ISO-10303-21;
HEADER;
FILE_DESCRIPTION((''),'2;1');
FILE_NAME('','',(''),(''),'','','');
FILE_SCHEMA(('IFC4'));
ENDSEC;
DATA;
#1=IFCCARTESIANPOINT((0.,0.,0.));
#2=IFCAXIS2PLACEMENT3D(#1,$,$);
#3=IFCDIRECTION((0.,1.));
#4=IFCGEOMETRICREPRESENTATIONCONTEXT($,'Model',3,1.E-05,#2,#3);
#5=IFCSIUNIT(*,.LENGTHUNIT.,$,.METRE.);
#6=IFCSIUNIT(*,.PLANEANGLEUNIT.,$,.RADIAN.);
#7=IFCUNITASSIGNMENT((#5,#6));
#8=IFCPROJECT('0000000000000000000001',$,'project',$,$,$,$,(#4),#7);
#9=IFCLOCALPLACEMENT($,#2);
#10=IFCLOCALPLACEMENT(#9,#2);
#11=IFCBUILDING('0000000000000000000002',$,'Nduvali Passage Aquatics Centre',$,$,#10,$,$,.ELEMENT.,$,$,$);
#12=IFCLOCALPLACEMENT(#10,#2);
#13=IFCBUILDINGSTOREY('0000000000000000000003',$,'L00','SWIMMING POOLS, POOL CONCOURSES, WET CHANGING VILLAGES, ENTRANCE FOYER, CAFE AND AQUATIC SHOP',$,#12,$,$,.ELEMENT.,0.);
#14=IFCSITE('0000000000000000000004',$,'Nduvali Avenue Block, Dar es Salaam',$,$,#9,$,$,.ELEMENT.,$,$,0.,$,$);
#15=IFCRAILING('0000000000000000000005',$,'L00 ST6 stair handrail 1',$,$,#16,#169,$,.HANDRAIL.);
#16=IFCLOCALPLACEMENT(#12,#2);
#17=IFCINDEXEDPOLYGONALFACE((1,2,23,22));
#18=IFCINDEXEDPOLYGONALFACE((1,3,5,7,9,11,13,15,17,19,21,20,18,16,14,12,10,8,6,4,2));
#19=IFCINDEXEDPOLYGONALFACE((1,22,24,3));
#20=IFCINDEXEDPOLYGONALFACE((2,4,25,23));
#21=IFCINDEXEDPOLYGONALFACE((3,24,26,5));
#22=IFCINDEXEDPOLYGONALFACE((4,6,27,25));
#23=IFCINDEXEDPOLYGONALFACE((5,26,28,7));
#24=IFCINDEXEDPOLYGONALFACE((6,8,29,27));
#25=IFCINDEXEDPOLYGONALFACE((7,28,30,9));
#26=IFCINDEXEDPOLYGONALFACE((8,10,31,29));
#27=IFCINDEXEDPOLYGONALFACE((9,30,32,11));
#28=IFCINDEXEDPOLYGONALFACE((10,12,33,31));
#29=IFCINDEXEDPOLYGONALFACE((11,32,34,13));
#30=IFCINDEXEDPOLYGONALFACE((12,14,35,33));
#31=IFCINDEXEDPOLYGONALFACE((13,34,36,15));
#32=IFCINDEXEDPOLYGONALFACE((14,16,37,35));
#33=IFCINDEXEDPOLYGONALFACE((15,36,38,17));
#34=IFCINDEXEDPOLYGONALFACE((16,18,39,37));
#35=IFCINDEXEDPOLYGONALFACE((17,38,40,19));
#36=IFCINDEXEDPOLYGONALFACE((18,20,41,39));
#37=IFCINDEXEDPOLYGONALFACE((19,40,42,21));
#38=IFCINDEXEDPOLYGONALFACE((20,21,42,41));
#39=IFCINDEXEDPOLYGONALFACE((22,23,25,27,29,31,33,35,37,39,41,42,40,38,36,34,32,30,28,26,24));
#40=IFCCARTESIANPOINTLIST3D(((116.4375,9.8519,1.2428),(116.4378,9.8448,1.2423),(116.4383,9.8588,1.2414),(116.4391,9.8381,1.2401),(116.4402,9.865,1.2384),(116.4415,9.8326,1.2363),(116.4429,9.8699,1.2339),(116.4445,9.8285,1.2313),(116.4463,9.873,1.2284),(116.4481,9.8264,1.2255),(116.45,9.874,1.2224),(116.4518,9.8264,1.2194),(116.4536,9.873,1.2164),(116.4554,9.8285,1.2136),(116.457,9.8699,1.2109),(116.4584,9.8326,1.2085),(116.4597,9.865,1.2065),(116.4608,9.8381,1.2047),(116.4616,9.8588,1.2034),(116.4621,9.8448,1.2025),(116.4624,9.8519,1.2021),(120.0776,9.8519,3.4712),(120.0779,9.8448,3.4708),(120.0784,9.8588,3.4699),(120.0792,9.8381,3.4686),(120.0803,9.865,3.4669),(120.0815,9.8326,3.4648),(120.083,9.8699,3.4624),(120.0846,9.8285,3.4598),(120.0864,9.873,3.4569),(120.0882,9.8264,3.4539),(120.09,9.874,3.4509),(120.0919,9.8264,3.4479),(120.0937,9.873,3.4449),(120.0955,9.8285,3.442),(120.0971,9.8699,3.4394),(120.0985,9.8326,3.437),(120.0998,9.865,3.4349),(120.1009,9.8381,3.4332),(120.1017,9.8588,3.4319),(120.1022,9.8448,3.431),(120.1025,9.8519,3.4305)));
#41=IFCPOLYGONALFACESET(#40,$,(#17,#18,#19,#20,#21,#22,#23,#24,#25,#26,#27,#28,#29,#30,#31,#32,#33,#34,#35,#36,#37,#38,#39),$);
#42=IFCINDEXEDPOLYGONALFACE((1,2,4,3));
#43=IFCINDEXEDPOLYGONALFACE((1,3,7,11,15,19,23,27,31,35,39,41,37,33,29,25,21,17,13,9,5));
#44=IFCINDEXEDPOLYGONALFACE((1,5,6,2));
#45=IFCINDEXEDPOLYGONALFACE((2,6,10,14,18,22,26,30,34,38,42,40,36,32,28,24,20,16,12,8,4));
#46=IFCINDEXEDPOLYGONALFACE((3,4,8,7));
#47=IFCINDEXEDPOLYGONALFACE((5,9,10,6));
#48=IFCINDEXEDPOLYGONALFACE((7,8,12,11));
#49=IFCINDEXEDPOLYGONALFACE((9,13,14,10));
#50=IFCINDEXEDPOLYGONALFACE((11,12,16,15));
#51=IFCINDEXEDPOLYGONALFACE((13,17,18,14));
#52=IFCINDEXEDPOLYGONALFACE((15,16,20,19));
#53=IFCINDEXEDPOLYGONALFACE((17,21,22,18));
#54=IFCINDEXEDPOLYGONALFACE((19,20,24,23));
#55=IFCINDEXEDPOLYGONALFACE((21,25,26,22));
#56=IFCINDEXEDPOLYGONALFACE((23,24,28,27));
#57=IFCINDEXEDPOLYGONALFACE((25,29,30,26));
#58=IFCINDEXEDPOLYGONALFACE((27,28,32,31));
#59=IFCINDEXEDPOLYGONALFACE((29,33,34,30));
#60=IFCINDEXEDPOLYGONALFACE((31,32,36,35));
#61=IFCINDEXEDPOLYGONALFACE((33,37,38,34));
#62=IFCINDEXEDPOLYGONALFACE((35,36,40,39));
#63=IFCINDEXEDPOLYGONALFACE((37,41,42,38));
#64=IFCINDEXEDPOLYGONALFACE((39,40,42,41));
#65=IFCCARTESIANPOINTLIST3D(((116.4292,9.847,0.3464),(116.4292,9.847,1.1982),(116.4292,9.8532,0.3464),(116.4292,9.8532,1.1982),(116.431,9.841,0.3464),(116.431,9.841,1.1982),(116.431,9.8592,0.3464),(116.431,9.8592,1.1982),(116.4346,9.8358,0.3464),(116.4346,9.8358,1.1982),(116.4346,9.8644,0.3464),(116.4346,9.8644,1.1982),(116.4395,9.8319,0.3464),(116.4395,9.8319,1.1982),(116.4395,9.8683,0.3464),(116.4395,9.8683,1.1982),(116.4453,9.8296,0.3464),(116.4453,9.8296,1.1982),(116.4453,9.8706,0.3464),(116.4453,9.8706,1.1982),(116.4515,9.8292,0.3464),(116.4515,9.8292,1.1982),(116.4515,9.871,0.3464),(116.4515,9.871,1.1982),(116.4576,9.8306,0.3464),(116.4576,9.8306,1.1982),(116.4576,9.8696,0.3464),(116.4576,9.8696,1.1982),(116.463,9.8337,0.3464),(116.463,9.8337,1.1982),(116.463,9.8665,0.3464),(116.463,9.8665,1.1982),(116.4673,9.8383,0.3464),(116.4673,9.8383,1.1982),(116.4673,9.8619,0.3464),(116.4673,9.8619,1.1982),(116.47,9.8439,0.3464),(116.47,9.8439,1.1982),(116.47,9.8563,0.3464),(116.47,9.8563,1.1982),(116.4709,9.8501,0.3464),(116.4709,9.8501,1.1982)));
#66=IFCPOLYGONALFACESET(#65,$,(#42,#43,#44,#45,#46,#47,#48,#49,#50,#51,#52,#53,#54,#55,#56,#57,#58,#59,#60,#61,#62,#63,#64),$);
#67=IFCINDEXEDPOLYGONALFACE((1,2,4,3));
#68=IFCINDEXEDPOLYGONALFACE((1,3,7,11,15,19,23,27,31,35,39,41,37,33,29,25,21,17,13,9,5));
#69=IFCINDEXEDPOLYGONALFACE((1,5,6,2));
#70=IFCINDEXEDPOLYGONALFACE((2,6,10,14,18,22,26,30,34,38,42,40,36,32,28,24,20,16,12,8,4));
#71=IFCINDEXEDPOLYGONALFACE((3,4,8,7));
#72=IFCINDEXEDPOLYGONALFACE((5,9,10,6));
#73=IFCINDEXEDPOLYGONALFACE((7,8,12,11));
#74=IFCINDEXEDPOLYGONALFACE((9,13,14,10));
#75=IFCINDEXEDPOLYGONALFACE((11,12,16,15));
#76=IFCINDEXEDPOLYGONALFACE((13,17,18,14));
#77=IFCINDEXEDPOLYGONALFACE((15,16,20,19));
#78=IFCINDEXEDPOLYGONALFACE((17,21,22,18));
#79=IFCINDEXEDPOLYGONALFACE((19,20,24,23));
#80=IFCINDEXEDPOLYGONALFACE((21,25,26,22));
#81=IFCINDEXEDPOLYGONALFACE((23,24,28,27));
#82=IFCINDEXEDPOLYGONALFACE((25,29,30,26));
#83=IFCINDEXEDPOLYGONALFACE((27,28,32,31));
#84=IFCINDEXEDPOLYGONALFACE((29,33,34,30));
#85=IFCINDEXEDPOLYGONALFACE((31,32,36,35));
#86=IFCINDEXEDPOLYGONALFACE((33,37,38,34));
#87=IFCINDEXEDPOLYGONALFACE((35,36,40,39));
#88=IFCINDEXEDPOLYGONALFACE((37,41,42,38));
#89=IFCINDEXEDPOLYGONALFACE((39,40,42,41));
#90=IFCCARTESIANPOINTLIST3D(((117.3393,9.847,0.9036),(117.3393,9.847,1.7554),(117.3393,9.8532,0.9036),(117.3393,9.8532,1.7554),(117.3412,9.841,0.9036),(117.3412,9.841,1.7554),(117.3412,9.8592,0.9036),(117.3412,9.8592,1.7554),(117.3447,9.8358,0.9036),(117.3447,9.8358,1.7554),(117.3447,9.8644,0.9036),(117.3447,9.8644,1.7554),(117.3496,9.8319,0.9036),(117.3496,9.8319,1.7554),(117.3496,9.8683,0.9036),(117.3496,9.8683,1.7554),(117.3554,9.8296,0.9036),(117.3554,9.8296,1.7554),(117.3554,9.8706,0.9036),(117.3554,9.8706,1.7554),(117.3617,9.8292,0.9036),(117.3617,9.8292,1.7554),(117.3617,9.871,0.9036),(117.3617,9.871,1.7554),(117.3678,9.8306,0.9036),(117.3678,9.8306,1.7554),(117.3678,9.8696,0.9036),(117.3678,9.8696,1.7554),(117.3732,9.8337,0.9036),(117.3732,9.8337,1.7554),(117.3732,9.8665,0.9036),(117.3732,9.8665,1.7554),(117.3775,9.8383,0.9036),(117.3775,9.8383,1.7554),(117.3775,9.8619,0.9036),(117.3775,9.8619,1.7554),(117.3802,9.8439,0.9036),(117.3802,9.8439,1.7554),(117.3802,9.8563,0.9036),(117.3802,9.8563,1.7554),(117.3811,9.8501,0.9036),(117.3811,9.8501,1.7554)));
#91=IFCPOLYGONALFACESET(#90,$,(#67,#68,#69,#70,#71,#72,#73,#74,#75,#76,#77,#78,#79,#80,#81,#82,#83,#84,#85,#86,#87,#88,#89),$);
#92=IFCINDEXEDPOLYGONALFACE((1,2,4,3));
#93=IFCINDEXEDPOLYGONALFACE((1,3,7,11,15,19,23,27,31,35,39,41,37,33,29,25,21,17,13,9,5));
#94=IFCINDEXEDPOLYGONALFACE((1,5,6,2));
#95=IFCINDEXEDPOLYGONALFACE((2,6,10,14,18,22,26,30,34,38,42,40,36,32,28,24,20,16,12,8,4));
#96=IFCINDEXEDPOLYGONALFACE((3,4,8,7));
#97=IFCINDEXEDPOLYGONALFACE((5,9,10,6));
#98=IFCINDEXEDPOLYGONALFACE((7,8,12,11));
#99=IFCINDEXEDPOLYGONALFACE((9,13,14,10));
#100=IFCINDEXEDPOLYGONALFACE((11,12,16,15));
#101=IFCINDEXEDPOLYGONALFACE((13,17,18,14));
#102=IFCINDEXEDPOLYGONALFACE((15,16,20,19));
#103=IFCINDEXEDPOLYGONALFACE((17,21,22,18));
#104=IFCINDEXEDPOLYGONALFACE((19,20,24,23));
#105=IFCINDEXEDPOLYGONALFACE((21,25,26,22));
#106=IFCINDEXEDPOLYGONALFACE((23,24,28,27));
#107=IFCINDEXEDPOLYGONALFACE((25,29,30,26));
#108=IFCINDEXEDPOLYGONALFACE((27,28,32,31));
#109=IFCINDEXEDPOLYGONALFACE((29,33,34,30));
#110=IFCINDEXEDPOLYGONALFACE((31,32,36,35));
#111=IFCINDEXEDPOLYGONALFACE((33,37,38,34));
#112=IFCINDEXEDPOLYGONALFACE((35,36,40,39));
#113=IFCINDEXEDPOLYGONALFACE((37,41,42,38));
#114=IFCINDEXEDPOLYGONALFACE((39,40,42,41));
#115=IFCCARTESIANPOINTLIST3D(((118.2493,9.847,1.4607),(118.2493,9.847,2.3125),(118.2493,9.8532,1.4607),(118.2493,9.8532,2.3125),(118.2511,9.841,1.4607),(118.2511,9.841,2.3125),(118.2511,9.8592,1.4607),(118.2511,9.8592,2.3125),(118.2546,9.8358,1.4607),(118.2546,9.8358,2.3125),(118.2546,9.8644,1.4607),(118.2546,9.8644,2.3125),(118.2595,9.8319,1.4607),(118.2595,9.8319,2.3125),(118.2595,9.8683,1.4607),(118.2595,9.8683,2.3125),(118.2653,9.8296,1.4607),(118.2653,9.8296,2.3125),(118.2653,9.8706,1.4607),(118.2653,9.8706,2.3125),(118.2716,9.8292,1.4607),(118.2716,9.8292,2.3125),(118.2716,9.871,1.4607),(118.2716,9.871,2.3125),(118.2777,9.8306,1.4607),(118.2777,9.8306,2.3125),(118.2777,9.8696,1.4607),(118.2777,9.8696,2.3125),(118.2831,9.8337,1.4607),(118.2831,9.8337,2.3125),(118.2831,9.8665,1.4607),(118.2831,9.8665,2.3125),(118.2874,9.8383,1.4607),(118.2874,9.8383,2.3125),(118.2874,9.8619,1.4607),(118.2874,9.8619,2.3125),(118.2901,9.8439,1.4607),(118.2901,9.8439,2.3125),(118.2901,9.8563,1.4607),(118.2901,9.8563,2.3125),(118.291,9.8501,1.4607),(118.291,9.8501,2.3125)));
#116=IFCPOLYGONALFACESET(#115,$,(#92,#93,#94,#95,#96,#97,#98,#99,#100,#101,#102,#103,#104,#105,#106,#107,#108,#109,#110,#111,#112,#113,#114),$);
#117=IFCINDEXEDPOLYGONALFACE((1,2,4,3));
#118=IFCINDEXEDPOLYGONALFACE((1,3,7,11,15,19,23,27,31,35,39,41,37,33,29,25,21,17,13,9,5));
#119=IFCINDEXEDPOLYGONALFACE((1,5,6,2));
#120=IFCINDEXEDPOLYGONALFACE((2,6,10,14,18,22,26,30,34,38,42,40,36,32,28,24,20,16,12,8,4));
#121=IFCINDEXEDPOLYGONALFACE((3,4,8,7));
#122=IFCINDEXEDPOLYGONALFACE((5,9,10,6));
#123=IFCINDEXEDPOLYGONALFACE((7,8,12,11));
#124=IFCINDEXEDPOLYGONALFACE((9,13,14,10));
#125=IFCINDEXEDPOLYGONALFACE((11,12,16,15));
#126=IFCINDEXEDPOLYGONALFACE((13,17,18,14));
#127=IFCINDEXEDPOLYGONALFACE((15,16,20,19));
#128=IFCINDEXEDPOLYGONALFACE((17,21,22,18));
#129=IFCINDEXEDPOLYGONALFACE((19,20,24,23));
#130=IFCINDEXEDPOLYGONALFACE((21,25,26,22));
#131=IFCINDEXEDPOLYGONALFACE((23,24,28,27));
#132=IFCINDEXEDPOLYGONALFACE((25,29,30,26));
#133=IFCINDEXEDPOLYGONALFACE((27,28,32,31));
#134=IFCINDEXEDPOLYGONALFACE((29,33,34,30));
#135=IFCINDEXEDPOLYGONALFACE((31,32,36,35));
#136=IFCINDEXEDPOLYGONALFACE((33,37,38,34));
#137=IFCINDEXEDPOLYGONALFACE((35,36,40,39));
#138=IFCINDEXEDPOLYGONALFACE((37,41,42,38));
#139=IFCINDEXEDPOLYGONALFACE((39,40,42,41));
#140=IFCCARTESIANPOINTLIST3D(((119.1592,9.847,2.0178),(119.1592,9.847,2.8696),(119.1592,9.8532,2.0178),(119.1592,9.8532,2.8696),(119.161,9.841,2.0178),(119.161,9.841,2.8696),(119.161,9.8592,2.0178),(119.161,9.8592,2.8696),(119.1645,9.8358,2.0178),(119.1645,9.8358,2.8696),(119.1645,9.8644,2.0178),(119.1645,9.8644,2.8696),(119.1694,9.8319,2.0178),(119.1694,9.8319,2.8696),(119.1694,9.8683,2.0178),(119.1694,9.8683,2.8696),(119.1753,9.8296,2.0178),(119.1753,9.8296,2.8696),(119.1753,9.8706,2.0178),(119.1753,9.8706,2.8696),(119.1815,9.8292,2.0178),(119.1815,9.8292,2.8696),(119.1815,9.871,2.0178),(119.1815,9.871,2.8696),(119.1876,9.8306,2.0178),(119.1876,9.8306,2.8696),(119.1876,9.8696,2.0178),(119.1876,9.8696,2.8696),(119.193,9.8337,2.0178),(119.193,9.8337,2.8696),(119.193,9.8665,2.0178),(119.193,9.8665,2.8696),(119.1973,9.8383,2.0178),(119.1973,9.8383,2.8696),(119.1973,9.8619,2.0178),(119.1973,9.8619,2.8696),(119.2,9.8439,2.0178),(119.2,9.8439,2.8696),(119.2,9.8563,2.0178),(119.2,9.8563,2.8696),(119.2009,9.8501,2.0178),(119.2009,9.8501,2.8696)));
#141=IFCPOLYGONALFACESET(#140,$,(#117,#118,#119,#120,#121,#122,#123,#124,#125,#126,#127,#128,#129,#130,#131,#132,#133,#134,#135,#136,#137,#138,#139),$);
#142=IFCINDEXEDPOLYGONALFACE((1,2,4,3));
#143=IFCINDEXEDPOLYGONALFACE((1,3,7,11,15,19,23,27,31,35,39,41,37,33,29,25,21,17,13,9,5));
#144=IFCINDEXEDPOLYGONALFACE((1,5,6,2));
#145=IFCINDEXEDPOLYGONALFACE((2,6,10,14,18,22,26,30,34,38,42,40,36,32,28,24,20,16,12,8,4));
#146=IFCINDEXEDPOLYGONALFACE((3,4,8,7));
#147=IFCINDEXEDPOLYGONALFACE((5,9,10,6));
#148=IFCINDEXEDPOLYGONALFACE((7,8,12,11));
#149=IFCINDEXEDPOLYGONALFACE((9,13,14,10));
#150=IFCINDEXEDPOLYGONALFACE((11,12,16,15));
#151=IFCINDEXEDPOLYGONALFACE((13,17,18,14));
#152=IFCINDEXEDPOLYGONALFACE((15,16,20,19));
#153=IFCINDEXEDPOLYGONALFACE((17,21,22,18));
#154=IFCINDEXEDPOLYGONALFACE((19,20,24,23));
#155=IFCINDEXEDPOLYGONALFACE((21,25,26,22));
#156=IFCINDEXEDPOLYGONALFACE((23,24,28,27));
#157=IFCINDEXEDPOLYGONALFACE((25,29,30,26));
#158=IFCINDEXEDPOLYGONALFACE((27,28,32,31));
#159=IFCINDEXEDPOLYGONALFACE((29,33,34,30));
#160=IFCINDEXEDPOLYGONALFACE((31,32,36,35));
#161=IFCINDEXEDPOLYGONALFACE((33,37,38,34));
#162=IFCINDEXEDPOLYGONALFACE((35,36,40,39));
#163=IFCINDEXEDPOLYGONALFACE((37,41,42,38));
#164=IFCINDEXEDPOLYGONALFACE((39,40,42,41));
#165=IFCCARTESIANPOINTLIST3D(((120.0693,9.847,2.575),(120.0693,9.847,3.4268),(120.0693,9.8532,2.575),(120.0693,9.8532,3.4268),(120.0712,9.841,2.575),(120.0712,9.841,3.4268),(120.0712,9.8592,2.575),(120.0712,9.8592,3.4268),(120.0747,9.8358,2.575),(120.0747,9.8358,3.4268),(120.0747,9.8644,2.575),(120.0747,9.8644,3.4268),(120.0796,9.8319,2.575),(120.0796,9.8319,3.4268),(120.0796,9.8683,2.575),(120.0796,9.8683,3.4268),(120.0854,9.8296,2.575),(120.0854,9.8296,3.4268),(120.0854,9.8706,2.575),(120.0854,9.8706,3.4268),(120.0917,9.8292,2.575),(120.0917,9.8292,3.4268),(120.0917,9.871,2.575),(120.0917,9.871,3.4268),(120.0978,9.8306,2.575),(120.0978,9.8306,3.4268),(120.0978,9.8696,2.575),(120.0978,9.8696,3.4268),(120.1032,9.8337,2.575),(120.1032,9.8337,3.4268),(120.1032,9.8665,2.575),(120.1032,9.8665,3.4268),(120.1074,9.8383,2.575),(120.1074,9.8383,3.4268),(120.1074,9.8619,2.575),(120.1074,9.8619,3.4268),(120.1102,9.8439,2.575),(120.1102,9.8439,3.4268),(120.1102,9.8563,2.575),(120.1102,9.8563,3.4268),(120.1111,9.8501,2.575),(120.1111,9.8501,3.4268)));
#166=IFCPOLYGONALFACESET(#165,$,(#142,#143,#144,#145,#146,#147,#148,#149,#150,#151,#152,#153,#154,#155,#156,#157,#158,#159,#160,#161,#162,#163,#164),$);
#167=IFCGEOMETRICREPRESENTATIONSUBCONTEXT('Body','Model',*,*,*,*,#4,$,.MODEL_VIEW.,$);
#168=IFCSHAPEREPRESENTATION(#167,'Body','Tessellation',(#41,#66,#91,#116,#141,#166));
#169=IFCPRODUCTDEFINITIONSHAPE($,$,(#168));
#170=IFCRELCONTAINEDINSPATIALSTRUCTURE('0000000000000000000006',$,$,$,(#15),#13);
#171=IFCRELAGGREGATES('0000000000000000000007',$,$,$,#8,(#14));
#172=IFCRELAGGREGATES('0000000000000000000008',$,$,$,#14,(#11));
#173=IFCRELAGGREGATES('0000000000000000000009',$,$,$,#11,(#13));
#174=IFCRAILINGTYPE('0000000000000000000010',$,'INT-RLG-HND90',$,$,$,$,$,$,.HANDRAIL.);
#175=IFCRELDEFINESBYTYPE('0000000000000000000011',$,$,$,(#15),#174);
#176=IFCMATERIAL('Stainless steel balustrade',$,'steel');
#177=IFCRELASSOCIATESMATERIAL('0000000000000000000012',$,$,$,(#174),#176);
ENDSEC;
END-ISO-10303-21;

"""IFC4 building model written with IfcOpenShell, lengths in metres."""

from ifc_helpers import new_model, si_unit, direction, frame, origin, origin_2d, place, context, subcontext, project, spatial, circle, extrude, material, type_object, element, save


model = new_model("IFC4")

# Units and contexts
model_context = context("Model", 3, precision=1e-05, world=origin(), true_north=direction((0.0, 1.0)))
body_context = subcontext(model_context, "Body", "Model", "MODEL_VIEW")
ifc_project = project(units=[si_unit("LENGTHUNIT", "METRE"), si_unit("PLANEANGLEUNIT", "RADIAN")], contexts=[model_context])

# Site, building, storey
site_placement = place(None, origin())
site = spatial("IfcSite", under=ifc_project, at=site_placement, Name="Nduvali Avenue Block, Dar es Salaam", CompositionType="ELEMENT", RefElevation=0.0)
building_placement = place(site_placement, origin())
building = spatial("IfcBuilding", under=site, at=building_placement, Name="Nduvali Passage Aquatics Centre", CompositionType="ELEMENT")
storey_placement = place(building_placement, origin())
storey = spatial("IfcBuildingStorey", under=building, at=storey_placement, Name="L00", Description="SWIMMING POOLS, POOL CONCOURSES, WET CHANGING VILLAGES, ENTRANCE FOYER, CAFE AND AQUATIC SHOP", CompositionType="ELEMENT", Elevation=0.0)

# Railing
ifc_material_1 = material(Name="Stainless steel balustrade", Category="steel")
railing_type_1 = type_object("IfcRailingType", Name="INT-RLG-HND90", PredefinedType="HANDRAIL", material=ifc_material_1)
railing_1_placement = place(storey_placement, frame((116.45, 9.8501, 0.3464)))
element("IfcRailing", 1, at=railing_1_placement, inside=storey, type_object=railing_type_1, Name="L00 ST6 stair handrail 1", PredefinedType="HANDRAIL", context=body_context, shape_type="SweptSolid", body=[
    extrude(circle(Radius=0.0239, at=origin_2d()), frame((0.0, 0.0, 0.876), z_axis=(0.852866, 0.0, 0.52213), x_axis=(0.0, 1.0, 0.0)), (0.0, 0.0, 1.0), 4.2681),
    extrude(circle(Radius=0.021, at=origin_2d()), origin(), (0.0, 0.0, 1.0), 0.8518),
    extrude(circle(Radius=0.021, at=origin_2d()), frame((0.9102, 0.0, 0.5571)), (0.0, 0.0, 1.0), 0.8518),
    extrude(circle(Radius=0.021, at=origin_2d()), frame((1.8201, 0.0, 1.1143)), (0.0, 0.0, 1.0), 0.8518),
    extrude(circle(Radius=0.021, at=origin_2d()), frame((2.73, 0.0, 1.6714)), (0.0, 0.0, 1.0), 0.8518),
    extrude(circle(Radius=0.021, at=origin_2d()), frame((3.6401, 0.0, 2.2285)), (0.0, 0.0, 1.0), 0.8518),
])

save(model, "model.ifc")
